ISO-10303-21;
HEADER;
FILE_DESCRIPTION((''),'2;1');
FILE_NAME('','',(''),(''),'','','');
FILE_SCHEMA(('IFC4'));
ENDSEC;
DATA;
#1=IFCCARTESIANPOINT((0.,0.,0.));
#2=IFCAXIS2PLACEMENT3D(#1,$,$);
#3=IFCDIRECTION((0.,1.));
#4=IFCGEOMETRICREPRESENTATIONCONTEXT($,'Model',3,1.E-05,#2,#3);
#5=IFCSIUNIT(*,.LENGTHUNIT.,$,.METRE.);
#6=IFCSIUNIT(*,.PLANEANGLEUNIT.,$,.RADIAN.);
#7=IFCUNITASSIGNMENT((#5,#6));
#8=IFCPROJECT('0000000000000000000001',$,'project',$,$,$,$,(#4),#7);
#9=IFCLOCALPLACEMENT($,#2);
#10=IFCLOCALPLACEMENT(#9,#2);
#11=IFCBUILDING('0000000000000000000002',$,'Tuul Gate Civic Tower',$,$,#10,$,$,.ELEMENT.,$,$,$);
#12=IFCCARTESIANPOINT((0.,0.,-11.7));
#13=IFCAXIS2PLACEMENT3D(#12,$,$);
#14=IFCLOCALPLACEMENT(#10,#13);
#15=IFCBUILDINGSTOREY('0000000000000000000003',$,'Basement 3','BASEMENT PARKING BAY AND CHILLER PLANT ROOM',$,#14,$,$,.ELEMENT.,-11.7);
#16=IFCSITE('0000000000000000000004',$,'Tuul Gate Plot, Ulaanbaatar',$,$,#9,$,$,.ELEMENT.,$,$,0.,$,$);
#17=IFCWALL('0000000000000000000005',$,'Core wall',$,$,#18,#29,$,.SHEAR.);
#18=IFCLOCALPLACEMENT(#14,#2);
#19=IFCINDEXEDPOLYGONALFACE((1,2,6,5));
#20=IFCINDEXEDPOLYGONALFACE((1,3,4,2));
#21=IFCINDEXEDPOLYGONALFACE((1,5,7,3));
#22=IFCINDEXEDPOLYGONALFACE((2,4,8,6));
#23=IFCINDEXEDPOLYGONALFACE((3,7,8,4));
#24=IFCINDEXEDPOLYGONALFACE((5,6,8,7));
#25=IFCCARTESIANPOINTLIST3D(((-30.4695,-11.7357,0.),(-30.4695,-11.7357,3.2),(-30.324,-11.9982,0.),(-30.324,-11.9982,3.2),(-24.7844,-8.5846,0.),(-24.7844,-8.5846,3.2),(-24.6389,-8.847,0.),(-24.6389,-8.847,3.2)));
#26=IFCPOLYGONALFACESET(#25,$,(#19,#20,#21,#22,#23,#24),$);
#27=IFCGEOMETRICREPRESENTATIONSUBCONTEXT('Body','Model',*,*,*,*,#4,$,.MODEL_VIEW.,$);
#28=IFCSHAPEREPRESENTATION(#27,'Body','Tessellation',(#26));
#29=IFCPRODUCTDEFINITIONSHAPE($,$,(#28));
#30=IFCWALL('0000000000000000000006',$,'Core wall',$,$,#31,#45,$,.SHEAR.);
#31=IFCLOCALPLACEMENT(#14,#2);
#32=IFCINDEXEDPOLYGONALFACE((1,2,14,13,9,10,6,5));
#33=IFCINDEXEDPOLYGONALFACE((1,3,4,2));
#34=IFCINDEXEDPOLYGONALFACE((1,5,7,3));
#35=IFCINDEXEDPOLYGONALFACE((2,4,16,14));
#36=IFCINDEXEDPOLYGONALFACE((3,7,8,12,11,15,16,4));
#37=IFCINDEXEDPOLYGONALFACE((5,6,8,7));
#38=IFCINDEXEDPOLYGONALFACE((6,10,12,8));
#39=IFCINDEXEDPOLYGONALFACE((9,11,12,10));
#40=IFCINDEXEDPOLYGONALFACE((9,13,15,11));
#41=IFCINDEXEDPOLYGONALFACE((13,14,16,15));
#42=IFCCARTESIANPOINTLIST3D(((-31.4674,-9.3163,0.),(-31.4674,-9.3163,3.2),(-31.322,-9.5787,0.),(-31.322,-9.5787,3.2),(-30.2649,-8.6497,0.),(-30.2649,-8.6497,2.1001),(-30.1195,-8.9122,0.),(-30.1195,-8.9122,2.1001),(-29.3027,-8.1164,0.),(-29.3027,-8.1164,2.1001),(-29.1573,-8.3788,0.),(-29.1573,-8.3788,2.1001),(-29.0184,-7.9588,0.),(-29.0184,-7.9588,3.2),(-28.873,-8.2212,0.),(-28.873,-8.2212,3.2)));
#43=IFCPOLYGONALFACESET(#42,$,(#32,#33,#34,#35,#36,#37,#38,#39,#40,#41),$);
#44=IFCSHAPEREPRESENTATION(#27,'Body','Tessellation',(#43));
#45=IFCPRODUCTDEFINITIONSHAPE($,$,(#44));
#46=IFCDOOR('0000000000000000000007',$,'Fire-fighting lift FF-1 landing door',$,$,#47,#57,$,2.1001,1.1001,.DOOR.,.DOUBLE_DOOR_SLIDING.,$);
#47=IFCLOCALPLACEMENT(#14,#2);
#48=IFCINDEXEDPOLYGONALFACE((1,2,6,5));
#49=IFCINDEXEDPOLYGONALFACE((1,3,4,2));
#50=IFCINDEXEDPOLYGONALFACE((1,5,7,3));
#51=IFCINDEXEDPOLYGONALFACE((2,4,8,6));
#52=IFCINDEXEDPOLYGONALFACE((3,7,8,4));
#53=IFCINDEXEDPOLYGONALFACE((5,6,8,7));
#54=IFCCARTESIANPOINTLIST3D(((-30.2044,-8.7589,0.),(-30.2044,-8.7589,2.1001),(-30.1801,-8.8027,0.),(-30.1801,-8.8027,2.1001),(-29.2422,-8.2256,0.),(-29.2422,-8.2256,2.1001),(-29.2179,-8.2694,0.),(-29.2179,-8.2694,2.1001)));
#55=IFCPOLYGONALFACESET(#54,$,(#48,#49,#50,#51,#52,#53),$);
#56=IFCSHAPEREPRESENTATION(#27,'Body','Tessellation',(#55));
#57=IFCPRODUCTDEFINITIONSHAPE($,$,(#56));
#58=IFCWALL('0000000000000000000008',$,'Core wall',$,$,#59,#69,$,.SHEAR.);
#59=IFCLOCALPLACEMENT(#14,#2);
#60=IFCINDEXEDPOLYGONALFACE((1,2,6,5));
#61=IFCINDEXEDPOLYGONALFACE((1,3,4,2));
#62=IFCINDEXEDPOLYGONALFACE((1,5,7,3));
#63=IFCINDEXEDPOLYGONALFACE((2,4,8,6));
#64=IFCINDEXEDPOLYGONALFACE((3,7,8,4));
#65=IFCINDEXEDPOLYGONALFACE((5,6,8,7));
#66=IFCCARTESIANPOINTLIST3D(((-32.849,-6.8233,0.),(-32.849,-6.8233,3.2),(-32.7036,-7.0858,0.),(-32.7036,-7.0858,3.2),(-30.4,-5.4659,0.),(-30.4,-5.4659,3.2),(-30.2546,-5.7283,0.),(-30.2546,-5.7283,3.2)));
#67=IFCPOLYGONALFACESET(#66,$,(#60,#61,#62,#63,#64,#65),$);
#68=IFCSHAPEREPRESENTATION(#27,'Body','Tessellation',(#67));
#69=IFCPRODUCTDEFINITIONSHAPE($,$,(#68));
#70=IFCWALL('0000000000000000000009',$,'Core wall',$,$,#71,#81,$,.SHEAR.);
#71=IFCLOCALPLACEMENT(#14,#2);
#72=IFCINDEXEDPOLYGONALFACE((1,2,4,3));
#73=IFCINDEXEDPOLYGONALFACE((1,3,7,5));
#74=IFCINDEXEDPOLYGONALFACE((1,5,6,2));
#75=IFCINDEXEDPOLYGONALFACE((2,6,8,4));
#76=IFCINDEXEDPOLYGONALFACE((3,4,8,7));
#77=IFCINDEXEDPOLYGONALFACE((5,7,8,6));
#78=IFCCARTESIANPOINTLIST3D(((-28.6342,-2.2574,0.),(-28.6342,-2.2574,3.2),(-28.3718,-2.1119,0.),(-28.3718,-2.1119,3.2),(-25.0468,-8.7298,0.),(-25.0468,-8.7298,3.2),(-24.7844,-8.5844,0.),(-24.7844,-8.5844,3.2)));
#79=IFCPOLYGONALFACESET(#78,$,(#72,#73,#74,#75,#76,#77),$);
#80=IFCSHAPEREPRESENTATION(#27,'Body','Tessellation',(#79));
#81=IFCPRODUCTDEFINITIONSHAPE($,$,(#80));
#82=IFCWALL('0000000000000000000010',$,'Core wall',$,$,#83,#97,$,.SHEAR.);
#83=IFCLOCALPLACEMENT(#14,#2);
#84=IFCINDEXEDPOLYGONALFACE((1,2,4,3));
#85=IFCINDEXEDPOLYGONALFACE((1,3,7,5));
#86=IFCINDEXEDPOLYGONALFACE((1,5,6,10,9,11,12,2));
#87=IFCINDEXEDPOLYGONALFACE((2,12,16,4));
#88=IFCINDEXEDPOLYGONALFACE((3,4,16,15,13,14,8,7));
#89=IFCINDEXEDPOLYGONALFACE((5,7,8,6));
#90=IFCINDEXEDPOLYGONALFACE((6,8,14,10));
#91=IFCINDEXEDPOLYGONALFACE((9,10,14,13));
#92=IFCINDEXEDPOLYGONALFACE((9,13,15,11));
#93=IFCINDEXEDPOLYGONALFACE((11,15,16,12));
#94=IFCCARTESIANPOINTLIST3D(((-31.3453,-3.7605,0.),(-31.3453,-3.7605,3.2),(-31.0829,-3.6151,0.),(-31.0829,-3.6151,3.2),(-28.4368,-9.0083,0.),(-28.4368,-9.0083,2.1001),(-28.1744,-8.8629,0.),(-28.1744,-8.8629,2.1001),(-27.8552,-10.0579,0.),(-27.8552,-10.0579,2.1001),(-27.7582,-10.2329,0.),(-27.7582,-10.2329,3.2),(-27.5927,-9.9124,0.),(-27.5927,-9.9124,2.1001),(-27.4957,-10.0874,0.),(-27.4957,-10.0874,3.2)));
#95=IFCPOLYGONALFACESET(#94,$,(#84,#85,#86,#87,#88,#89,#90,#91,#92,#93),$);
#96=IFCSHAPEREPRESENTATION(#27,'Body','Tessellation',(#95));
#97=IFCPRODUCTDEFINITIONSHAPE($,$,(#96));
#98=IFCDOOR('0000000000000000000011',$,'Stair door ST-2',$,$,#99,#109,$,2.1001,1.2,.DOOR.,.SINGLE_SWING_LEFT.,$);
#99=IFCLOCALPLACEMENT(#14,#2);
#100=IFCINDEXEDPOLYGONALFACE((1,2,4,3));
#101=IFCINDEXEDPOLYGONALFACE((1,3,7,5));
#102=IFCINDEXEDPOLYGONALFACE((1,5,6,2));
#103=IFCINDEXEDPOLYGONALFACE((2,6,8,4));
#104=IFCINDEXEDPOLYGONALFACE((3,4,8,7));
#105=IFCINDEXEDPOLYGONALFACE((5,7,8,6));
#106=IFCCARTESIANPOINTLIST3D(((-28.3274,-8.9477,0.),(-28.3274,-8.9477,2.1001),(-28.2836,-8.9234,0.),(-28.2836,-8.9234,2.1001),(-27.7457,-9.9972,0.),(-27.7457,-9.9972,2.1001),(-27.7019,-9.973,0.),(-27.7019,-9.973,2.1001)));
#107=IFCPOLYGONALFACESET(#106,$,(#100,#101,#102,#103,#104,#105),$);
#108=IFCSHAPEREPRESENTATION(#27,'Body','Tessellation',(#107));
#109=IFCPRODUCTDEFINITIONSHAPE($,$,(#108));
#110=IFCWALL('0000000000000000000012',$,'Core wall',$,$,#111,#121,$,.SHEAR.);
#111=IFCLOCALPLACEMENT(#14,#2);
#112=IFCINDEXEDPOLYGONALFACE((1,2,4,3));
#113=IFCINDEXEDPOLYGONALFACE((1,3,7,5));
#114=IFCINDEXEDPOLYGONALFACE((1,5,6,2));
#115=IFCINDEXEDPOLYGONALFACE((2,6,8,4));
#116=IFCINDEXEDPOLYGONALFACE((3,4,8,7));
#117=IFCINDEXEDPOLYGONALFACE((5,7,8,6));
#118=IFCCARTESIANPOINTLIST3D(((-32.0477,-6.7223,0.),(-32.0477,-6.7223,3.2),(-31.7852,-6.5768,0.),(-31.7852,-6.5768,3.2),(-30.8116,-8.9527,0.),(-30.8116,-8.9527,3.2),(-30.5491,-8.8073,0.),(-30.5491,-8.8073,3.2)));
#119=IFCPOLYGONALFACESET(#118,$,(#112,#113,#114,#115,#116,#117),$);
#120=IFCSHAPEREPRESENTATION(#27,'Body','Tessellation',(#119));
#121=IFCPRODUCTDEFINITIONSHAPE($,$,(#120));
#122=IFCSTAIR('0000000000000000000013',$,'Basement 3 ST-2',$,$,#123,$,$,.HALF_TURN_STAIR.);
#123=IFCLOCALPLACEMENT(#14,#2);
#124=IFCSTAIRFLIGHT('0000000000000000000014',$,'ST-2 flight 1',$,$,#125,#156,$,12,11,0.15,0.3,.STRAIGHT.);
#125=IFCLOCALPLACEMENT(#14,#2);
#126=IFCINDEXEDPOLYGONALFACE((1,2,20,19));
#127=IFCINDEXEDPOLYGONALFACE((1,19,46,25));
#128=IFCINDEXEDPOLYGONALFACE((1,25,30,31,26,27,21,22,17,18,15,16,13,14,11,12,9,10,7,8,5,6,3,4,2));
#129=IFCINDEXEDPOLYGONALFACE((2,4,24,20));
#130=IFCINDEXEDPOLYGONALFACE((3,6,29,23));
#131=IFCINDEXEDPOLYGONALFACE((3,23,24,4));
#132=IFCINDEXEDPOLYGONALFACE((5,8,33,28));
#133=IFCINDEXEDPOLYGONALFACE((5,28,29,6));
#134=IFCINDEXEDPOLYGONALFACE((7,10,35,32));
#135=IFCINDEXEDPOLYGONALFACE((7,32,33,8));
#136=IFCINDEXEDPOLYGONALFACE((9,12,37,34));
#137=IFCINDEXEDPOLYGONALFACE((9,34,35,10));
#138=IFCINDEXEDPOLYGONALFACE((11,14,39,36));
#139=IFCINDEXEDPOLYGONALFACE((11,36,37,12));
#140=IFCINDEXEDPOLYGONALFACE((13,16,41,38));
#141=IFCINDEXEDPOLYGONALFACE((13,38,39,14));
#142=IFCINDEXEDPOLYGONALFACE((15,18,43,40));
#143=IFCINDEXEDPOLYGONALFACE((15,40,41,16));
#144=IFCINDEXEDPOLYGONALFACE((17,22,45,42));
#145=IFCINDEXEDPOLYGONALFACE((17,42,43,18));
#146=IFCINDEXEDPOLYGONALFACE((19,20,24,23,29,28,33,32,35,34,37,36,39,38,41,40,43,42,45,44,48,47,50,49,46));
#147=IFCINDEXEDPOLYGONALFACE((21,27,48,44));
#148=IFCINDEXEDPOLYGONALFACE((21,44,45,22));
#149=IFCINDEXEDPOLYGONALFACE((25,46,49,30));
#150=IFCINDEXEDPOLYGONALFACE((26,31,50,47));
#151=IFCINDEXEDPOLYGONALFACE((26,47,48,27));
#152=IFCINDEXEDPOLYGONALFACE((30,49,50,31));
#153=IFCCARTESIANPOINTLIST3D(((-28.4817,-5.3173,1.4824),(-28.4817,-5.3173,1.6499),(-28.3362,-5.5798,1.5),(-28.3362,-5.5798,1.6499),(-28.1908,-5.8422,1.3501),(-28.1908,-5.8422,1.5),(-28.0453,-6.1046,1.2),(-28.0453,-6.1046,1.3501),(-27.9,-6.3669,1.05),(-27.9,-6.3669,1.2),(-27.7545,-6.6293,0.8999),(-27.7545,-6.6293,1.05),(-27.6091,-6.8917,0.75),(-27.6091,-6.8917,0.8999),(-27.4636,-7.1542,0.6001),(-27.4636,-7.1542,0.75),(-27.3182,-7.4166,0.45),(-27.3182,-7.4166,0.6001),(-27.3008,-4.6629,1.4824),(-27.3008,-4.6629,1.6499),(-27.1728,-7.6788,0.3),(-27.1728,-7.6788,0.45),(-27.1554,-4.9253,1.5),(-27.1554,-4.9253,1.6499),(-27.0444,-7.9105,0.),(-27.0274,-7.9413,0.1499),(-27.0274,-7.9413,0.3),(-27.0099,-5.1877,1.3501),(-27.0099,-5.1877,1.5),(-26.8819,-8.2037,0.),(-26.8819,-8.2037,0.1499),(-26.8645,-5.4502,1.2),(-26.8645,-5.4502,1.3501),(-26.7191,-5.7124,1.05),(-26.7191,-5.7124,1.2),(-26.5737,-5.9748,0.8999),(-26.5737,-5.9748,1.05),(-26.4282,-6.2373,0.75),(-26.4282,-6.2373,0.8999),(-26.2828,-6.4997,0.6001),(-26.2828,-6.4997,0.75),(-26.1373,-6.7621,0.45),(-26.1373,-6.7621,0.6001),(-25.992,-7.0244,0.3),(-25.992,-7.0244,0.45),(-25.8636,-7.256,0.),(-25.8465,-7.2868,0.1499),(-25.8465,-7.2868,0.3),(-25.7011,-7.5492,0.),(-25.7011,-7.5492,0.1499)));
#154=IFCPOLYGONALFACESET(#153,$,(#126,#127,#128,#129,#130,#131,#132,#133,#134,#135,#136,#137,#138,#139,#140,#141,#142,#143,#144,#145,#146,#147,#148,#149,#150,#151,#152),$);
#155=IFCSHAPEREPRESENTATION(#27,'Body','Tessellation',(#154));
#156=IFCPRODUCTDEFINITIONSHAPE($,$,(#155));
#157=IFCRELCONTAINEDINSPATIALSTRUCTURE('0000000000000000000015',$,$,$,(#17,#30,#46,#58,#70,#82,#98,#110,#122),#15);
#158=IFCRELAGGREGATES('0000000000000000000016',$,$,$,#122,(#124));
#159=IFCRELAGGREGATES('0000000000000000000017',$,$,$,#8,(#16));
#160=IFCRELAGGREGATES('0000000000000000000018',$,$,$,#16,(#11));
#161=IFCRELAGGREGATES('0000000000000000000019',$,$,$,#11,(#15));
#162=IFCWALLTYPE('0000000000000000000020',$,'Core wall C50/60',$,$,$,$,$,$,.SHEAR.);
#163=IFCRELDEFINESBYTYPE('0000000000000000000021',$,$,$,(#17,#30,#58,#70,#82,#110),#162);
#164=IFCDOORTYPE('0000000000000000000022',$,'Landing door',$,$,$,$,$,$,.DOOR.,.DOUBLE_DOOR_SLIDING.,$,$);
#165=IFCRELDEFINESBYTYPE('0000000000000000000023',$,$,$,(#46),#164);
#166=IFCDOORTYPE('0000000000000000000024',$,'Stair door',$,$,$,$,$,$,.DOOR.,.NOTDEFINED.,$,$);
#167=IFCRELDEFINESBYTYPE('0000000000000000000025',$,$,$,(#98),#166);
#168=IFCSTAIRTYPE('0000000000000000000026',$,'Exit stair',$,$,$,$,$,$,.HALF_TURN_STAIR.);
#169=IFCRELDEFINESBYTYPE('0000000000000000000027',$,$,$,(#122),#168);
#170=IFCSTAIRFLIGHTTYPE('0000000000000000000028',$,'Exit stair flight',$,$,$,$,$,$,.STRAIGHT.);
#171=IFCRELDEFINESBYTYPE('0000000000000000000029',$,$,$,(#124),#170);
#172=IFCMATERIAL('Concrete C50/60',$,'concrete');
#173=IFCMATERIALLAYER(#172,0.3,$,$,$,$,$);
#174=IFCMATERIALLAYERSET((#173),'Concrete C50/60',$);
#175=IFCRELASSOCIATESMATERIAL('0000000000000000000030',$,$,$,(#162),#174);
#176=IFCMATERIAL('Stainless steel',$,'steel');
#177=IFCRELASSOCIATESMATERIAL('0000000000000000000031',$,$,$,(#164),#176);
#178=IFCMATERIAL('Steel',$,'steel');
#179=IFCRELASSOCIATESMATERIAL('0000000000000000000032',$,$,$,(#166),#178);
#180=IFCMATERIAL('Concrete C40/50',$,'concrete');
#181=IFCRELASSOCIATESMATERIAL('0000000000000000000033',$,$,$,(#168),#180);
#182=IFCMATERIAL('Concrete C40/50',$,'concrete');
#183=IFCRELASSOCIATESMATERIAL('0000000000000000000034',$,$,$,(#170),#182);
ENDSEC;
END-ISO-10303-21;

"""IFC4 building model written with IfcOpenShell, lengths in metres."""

from ifc_helpers import new_model, si_unit, direction, frame, frame_2d, origin, place, context, subcontext, project, spatial, polyline, rectangle, outline, extrude, material, layer, layer_set, type_object, element, fill, aggregate, save


model = new_model("IFC4")

# Units and contexts
model_context = context("Model", 3, precision=1e-05, world=origin(), true_north=direction((0.0, 1.0)))
body_context = subcontext(model_context, "Body", "Model", "MODEL_VIEW")
ifc_project = project(units=[si_unit("LENGTHUNIT", "METRE"), si_unit("PLANEANGLEUNIT", "RADIAN")], contexts=[model_context])

# Site, building, storey
site_placement = place(None, origin())
site = spatial("IfcSite", under=ifc_project, at=site_placement, Name="Tuul Gate Plot, Ulaanbaatar", CompositionType="ELEMENT", RefElevation=0.0)
building_placement = place(site_placement, origin())
building = spatial("IfcBuilding", under=site, at=building_placement, Name="Tuul Gate Civic Tower", CompositionType="ELEMENT")
storey_placement = place(building_placement, frame((0.0, 0.0, -11.7)))
storey = spatial("IfcBuildingStorey", under=building, at=storey_placement, Name="Basement 3", Description="BASEMENT PARKING BAY AND CHILLER PLANT ROOM", CompositionType="ELEMENT", Elevation=-11.7)

# Wall
ifc_material_1 = material(Name="Concrete C50/60", Category="concrete")
ifc_layer = layer(ifc_material_1, 0.3)
ifc_layer_set = layer_set([ifc_layer], Name="Concrete C50/60")
wall_type = type_object("IfcWallType", Name="Core wall C50/60", PredefinedType="SHEAR", material=ifc_layer_set)
wall_1_placement = place(storey_placement, frame((-24.7117, -8.7158, 0.0), z_axis=(0.0, 0.0, 1.0), x_axis=(-0.87463, -0.484791, 0.0)))
element("IfcWall", 1, at=wall_1_placement, inside=storey, type_object=wall_type, Name="Core wall", PredefinedType="SHEAR", context=body_context, shape_type="SweptSolid", body=[
    extrude(rectangle(XDim=6.5, YDim=0.3, at=frame_2d((3.25, 0.0))), origin(), (0.0, 0.0, 1.0), 3.2),
])

# Wall, opening, door
wall_2_placement = place(storey_placement, frame((-28.9458, -8.0901, 0.0), z_axis=(0.0, 0.0, 1.0), x_axis=(-0.87463, -0.484791, 0.0)))
wall_2 = element("IfcWall", 2, at=wall_2_placement, inside=storey, type_object=wall_type, Name="Core wall", PredefinedType="SHEAR", context=body_context, shape_type="SweptSolid", body=[
    extrude(rectangle(XDim=2.8, YDim=0.3, at=frame_2d((1.3999, 0.0))), origin(), (0.0, 0.0, 1.0), 3.2),
])
opening_1_placement = place(wall_2_placement, frame((0.325, 0.0, 0.0)))
opening_1 = element("IfcOpeningElement", 3, at=opening_1_placement, cuts=wall_2, PredefinedType="OPENING", context=body_context, shape_type="SweptSolid", body=[
    extrude(rectangle(XDim=1.1001, YDim=2.1001, at=frame_2d((0.55, 1.05))), frame((0.0, 0.1602, 0.0), z_axis=(0.0, -1.0, 0.0), x_axis=(1.0, 0.0, 0.0)), (0.0, 0.0, 1.0), 0.3201),
])
ifc_material_2 = material(Name="Stainless steel", Category="steel")
door_type_1 = type_object("IfcDoorType", Name="Landing door", OperationType="DOUBLE_DOOR_SLIDING", PredefinedType="DOOR", material=ifc_material_2)
door_1_placement = place(opening_1_placement, origin())
door_1 = element("IfcDoor", 4, at=door_1_placement, inside=storey, type_object=door_type_1, Name="Fire-fighting lift FF-1 landing door", OperationType="DOUBLE_DOOR_SLIDING", OverallHeight=2.1001, OverallWidth=1.1001, PredefinedType="DOOR", context=body_context, shape_type="SweptSolid", body=[
    extrude(rectangle(XDim=1.1001, YDim=2.1001, at=frame_2d((0.55, 1.05))), frame((0.0, 0.0249, 0.0), z_axis=(0.0, -1.0, 0.0), x_axis=(1.0, 0.0, 0.0)), (0.0, 0.0, 1.0), 0.05),
])
fill(opening_1, door_1)

# Walls
wall_3_placement = place(storey_placement, frame((-30.3274, -5.5972, 0.0), z_axis=(0.0, 0.0, 1.0), x_axis=(-0.87463, -0.484791, 0.0)))
element("IfcWall", 5, at=wall_3_placement, inside=storey, type_object=wall_type, Name="Core wall", PredefinedType="SHEAR", context=body_context, shape_type="SweptSolid", body=[
    extrude(rectangle(XDim=2.8, YDim=0.3, at=frame_2d((1.3999, 0.0))), origin(), (0.0, 0.0, 1.0), 3.2),
])
wall_4_placement = place(storey_placement, frame((-24.9155, -8.6572, 0.0), z_axis=(0.0, 0.0, 1.0), x_axis=(-0.484777, 0.874638, 0.0)))
element("IfcWall", 6, at=wall_4_placement, inside=storey, type_object=wall_type, Name="Core wall", PredefinedType="SHEAR", context=body_context, shape_type="SweptSolid", body=[
    extrude(rectangle(XDim=7.4001, YDim=0.3, at=frame_2d((3.7002, 0.0))), origin(), (0.0, 0.0, 1.0), 3.2),
])

# Wall, opening, door
wall_5_placement = place(storey_placement, frame((-27.627, -10.1602, 0.0), z_axis=(0.0, 0.0, 1.0), x_axis=(-0.484752, 0.874652, 0.0)))
wall_5 = element("IfcWall", 7, at=wall_5_placement, inside=storey, type_object=wall_type, Name="Core wall", PredefinedType="SHEAR", context=body_context, shape_type="SweptSolid", body=[
    extrude(rectangle(XDim=7.3999, YDim=0.3, at=frame_2d((3.7, 0.0))), origin(), (0.0, 0.0, 1.0), 3.2),
])
opening_2_placement = place(wall_5_placement, frame((0.2, 0.0, 0.0)))
opening_2 = element("IfcOpeningElement", 8, at=opening_2_placement, cuts=wall_5, PredefinedType="OPENING", context=body_context, shape_type="SweptSolid", body=[
    extrude(rectangle(XDim=1.2, YDim=2.1001, at=frame_2d((0.6001, 1.05))), frame((0.0, 0.1602, 0.0), z_axis=(0.0, -1.0, 0.0), x_axis=(1.0, 0.0, 0.0)), (0.0, 0.0, 1.0), 0.3201),
])
ifc_material_3 = material(Name="Steel", Category="steel")
door_type_2 = type_object("IfcDoorType", Name="Stair door", OperationType="NOTDEFINED", PredefinedType="DOOR", material=ifc_material_3)
door_2_placement = place(opening_2_placement, origin())
door_2 = element("IfcDoor", 9, at=door_2_placement, inside=storey, type_object=door_type_2, Name="Stair door ST-2", OperationType="SINGLE_SWING_LEFT", OverallHeight=2.1001, OverallWidth=1.2, PredefinedType="DOOR", context=body_context, shape_type="SweptSolid", body=[
    extrude(rectangle(XDim=1.2, YDim=2.1001, at=frame_2d((0.6001, 1.05))), frame((0.0, 0.0249, 0.0), z_axis=(0.0, -1.0, 0.0), x_axis=(1.0, 0.0, 0.0)), (0.0, 0.0, 1.0), 0.05),
])
fill(opening_2, door_2)

# Wall
wall_6_placement = place(storey_placement, frame((-30.6804, -8.8799, 0.0), z_axis=(0.0, 0.0, 1.0), x_axis=(-0.484724, 0.874667, 0.0)))
element("IfcWall", 10, at=wall_6_placement, inside=storey, type_object=wall_type, Name="Core wall", PredefinedType="SHEAR", context=body_context, shape_type="SweptSolid", body=[
    extrude(rectangle(XDim=2.55, YDim=0.3, at=frame_2d((1.2749, 0.0))), origin(), (0.0, 0.0, 1.0), 3.2),
])

# Stair, stair flight
ifc_material_4 = material(Name="Concrete C40/50", Category="concrete")
stair_type = type_object("IfcStairType", Name="Exit stair", PredefinedType="HALF_TURN_STAIR", material=ifc_material_4)
stair_placement = place(storey_placement, origin())
stair = element("IfcStair", 11, at=stair_placement, inside=storey, type_object=stair_type, Name="Basement 3 ST-2", PredefinedType="HALF_TURN_STAIR")
ifc_material_5 = material(Name="Concrete C40/50", Category="concrete")
stair_flight_type = type_object("IfcStairFlightType", Name="Exit stair flight", PredefinedType="STRAIGHT", material=ifc_material_5)
stair_flight_1_placement = place(storey_placement, frame((-26.2915, -7.8765, 0.0), z_axis=(0.0, 0.0, 1.0), x_axis=(-0.484762, 0.874646, 0.0)))
stair_flight_1 = element("IfcStairFlight", 12, at=stair_flight_1_placement, type_object=stair_flight_type, Name="ST-2 flight 1", NumberOfRisers=12, NumberOfTreads=11, PredefinedType="STRAIGHT", RiserHeight=0.15, TreadLength=0.3, context=body_context, shape_type="SweptSolid", body=[
    extrude(outline(polyline([(0.0, 0.0), (0.0, 0.1499), (0.3, 0.1499), (0.3, 0.3), (0.6001, 0.3), (0.6001, 0.45), (0.8999, 0.45), (0.8999, 0.6001), (1.2, 0.6001), (1.2, 0.75), (1.5, 0.75), (1.5, 0.8999), (1.8, 0.8999), (1.8, 1.05), (2.1001, 1.05), (2.1001, 1.2), (2.3999, 1.2), (2.3999, 1.3501), (2.7, 1.3501), (2.7, 1.5), (3.0, 1.5), (3.0, 1.6499), (3.3, 1.6499), (3.3, 1.8), (3.3, 1.4824), (0.3352, 0.0), (0.0, 0.0)])), frame((0.0, 0.675, 0.0), z_axis=(0.0, -1.0, 0.0), x_axis=(1.0, 0.0, 0.0)), (0.0, 0.0, 1.0), 1.3501),
])
aggregate(stair, [stair_flight_1])

save(model, "model.ifc")
